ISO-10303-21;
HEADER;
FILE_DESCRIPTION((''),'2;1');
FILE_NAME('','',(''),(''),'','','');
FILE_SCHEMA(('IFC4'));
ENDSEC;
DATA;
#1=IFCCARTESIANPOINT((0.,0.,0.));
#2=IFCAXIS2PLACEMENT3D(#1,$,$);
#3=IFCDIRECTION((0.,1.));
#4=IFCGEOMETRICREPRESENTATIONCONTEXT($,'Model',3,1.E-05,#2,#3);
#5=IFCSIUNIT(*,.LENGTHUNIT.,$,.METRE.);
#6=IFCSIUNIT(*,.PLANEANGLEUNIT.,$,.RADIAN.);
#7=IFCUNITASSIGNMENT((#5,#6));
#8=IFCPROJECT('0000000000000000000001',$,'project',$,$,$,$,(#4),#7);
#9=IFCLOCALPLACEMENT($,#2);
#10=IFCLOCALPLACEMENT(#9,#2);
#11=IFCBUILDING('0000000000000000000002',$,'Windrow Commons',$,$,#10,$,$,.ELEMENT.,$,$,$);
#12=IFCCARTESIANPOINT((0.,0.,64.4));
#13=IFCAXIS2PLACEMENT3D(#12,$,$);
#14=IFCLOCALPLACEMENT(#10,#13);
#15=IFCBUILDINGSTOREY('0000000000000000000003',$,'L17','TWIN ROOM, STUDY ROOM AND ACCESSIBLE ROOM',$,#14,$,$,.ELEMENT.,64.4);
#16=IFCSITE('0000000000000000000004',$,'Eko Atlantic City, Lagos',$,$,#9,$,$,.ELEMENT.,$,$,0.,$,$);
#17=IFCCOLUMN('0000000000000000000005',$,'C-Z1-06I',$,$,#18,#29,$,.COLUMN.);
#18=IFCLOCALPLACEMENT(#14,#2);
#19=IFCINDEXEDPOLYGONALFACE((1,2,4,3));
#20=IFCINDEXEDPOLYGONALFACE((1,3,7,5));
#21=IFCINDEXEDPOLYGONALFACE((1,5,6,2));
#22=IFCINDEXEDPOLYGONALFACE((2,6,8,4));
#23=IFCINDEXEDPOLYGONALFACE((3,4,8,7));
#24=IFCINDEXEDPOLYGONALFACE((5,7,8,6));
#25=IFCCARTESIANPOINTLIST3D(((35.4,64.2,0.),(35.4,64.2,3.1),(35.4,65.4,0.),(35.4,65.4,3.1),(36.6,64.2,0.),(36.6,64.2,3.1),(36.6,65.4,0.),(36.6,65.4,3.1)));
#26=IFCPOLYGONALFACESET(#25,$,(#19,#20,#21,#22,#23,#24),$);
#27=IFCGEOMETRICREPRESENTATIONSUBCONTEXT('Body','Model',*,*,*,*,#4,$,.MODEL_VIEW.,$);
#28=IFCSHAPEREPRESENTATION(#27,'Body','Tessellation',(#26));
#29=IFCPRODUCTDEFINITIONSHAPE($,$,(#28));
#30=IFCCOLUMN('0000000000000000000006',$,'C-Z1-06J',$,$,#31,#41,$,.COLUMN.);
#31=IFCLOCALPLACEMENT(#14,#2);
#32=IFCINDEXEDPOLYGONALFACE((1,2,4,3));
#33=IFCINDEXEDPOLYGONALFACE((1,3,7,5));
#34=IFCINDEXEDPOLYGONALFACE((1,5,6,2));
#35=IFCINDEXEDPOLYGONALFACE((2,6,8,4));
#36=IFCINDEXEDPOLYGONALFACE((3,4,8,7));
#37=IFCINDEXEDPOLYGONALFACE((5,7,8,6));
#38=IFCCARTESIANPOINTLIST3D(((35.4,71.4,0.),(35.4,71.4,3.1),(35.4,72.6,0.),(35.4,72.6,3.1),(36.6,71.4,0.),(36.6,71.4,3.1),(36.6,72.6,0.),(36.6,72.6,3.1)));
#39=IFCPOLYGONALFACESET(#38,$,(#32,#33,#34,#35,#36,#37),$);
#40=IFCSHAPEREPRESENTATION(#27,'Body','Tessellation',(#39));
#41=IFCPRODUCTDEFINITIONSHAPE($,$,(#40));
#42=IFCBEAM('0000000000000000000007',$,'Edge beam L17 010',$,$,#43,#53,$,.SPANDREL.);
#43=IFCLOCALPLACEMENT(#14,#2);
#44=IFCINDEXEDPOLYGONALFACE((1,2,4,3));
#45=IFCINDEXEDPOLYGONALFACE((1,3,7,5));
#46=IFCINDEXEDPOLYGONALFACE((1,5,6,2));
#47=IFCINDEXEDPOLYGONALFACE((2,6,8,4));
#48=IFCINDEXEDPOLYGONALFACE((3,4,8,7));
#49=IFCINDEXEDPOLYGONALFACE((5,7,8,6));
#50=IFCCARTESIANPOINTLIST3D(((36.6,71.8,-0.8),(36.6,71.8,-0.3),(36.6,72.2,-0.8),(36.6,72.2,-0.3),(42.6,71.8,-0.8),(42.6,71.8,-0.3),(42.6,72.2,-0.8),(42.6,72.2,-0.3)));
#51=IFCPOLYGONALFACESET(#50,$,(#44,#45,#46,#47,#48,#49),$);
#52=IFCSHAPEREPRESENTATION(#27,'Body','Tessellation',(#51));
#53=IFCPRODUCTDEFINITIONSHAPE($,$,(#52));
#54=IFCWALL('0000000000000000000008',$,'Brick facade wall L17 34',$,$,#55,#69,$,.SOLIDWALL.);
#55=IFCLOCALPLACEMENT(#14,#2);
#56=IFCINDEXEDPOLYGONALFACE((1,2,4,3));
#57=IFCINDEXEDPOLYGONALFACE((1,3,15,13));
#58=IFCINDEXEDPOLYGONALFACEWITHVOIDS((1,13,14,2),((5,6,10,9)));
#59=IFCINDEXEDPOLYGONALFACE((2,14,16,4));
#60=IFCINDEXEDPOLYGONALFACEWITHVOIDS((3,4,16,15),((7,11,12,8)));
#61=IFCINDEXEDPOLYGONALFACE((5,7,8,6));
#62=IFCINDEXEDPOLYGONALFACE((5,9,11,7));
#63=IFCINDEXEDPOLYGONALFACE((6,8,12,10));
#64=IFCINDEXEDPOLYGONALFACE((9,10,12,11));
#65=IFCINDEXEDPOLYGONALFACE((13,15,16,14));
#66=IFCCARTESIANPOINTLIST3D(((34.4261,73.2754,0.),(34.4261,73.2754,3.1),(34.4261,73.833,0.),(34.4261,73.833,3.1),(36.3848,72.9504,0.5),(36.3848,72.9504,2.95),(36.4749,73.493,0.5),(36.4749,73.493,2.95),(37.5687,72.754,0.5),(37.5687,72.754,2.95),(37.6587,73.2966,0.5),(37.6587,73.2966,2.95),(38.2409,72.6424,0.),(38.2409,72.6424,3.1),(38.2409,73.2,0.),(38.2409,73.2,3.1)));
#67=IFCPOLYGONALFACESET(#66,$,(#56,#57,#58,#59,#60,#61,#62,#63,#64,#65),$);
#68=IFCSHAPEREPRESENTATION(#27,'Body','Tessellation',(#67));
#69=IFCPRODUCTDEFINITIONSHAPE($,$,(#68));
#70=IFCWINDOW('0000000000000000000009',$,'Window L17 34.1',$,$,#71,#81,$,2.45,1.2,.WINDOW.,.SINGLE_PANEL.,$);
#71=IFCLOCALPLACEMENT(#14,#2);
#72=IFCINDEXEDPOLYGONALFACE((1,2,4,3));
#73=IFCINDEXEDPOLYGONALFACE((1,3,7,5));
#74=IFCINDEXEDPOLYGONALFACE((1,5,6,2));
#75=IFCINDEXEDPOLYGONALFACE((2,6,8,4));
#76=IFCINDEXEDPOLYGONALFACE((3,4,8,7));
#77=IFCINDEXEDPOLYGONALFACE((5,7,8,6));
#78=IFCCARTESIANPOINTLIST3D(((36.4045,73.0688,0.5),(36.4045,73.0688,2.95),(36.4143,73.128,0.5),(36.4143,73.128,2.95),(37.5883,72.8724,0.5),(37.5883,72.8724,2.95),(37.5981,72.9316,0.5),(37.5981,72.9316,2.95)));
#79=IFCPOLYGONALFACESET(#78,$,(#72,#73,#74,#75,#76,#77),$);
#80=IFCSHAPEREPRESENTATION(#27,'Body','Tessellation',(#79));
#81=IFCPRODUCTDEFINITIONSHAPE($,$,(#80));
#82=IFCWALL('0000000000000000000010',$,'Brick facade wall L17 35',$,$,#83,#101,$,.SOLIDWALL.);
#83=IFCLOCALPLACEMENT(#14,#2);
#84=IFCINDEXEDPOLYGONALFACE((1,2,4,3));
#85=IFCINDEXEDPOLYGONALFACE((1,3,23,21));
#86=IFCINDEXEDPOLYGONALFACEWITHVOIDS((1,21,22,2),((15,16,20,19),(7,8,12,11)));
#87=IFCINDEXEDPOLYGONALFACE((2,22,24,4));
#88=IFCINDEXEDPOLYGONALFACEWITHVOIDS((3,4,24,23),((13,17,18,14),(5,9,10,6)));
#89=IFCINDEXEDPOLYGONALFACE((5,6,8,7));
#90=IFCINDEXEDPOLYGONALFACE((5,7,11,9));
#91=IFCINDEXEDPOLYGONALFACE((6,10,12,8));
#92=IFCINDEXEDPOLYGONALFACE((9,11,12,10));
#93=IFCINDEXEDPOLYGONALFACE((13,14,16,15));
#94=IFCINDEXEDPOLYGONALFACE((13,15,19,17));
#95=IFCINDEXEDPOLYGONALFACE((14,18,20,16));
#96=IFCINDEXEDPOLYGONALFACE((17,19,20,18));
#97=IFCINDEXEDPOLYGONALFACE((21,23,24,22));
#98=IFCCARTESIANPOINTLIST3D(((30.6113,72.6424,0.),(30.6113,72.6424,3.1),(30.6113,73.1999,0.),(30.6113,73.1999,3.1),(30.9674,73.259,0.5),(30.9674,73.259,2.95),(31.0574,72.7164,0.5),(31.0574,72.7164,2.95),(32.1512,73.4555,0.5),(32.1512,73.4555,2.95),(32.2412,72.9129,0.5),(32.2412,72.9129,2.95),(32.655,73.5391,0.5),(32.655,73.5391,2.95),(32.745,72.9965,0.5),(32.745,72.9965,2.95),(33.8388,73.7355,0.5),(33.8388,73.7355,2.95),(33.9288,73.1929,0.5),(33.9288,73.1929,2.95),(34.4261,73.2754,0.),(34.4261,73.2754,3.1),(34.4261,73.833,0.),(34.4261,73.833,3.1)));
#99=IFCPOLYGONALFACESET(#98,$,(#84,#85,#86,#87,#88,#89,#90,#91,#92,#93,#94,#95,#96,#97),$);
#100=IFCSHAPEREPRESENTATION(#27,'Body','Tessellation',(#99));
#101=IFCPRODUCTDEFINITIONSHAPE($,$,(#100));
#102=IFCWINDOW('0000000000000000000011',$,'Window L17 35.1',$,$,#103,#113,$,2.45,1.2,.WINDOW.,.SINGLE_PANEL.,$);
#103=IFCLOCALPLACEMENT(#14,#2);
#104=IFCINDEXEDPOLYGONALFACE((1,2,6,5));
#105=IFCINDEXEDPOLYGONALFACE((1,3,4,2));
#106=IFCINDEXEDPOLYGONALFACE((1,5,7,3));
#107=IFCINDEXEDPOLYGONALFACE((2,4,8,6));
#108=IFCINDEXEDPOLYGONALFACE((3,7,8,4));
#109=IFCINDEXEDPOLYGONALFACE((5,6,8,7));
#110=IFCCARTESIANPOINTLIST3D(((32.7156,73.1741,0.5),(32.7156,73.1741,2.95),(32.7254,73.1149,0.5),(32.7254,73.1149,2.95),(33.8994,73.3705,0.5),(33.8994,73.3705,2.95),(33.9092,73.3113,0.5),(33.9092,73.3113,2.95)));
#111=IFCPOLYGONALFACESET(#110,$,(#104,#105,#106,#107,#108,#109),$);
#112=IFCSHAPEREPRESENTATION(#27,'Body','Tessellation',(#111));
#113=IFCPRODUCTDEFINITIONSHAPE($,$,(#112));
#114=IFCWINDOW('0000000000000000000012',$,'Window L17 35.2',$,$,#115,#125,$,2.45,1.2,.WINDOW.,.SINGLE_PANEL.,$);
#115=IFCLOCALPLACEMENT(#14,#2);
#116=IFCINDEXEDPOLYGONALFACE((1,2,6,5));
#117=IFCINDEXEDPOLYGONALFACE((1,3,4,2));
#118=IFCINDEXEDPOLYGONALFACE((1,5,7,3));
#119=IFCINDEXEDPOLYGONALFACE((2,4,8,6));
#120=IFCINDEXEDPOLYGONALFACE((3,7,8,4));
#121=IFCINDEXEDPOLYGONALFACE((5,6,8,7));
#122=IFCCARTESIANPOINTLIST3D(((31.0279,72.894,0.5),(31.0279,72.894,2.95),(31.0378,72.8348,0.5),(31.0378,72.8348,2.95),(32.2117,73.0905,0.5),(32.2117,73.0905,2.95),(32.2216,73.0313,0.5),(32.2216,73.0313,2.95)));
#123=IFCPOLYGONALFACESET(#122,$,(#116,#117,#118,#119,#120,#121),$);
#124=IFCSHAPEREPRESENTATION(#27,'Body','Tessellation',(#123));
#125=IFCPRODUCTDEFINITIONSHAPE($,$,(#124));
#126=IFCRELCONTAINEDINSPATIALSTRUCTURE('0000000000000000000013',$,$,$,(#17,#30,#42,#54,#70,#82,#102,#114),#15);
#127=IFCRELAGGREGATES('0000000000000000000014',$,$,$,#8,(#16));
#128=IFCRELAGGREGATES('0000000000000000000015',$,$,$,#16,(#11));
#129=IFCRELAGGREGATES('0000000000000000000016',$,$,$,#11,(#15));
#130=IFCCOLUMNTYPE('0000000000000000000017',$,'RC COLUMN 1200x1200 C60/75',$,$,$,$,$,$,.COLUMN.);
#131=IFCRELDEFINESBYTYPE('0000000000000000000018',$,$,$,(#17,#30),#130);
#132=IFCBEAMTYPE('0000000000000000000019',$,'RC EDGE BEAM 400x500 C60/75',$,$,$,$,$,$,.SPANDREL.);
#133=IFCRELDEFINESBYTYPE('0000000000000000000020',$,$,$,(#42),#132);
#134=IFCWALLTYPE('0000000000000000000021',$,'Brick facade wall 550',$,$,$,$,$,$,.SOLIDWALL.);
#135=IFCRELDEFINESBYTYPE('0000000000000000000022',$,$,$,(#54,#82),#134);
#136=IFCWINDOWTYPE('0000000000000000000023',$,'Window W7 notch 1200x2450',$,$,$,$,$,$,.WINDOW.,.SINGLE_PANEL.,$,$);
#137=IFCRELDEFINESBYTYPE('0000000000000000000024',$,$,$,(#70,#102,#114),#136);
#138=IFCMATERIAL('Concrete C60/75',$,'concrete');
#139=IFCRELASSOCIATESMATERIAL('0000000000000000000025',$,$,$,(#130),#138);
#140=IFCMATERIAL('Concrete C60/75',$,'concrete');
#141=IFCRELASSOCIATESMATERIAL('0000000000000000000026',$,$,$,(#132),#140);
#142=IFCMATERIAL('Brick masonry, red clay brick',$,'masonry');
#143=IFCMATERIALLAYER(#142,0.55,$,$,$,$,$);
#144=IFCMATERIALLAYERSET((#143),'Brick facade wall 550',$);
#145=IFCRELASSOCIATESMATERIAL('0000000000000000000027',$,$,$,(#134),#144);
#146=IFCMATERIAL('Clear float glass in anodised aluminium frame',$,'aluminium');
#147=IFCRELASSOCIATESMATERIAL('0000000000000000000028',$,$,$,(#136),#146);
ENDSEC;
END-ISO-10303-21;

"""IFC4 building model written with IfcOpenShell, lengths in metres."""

from ifc_helpers import new_model, si_unit, direction, frame, frame_2d, origin, origin_2d, place, context, subcontext, project, spatial, polyline, rectangle, outline, extrude, material, layer, layer_set, material_profile, profile_set, type_object, element, fill, save


model = new_model("IFC4")

# Units and contexts
model_context = context("Model", 3, precision=1e-05, world=origin(), true_north=direction((0.0, 1.0)))
body_context = subcontext(model_context, "Body", "Model", "MODEL_VIEW")
ifc_project = project(units=[si_unit("LENGTHUNIT", "METRE"), si_unit("PLANEANGLEUNIT", "RADIAN")], contexts=[model_context])

# Site, building, storey
site_placement = place(None, origin())
site = spatial("IfcSite", under=ifc_project, at=site_placement, Name="Eko Atlantic City, Lagos", CompositionType="ELEMENT", RefElevation=0.0)
building_placement = place(site_placement, origin())
building = spatial("IfcBuilding", under=site, at=building_placement, Name="Windrow Commons", CompositionType="ELEMENT")
storey_placement = place(building_placement, frame((0.0, 0.0, 64.4)))
storey = spatial("IfcBuildingStorey", under=building, at=storey_placement, Name="L17", Description="TWIN ROOM, STUDY ROOM AND ACCESSIBLE ROOM", CompositionType="ELEMENT", Elevation=64.4)

# Columns
ifc_material_1 = material(Name="Concrete C60/75", Category="concrete")
ifc_material_profile_1 = material_profile(ifc_material_1, rectangle(XDim=1.2, YDim=1.2, at=origin_2d()))
ifc_profile_set_1 = profile_set([ifc_material_profile_1], Name="Concrete C60/75")
column_type = type_object("IfcColumnType", Name="RC COLUMN 1200x1200 C60/75", PredefinedType="COLUMN", material=ifc_profile_set_1)
for number, where, z_axis, x_axis, name in (
    (1, (36.0, 64.8, 0.0), (0.0, 0.0, 1.0), (1.0, 0.0, 0.0), "C-Z1-06I"),
    (2, (36.0, 72.0, 0.0), (0.0, 0.0, 1.0), (1.0, 0.0, 0.0), "C-Z1-06J"),
):
    element("IfcColumn", number, at=place(storey_placement, frame(where, z_axis=z_axis, x_axis=x_axis)), inside=storey, type_object=column_type, Name=name, PredefinedType="COLUMN", context=body_context, shape_type="SweptSolid", body=[
        extrude(rectangle(XDim=1.2, YDim=1.2, at=origin_2d()), origin(), (0.0, 0.0, 1.0), 3.1),
    ])

# Beam
ifc_material_2 = material(Name="Concrete C60/75", Category="concrete")
ifc_material_profile_2 = material_profile(ifc_material_2, rectangle(XDim=0.4, YDim=0.5, at=origin_2d()))
ifc_profile_set_2 = profile_set([ifc_material_profile_2], Name="Concrete C60/75")
beam_type = type_object("IfcBeamType", Name="RC EDGE BEAM 400x500 C60/75", PredefinedType="SPANDREL", material=ifc_profile_set_2)
beam_placement = place(storey_placement, frame((36.6, 72.0, -0.55), z_axis=(1.0, 0.0, 0.0), x_axis=(0.0, 1.0, 0.0)))
element("IfcBeam", 3, at=beam_placement, inside=storey, type_object=beam_type, Name="Edge beam L17 010", PredefinedType="SPANDREL", context=body_context, shape_type="SweptSolid", body=[
    extrude(rectangle(XDim=0.4, YDim=0.5, at=origin_2d()), origin(), (0.0, 0.0, 1.0), 6.0),
])

# Wall, opening, window
ifc_material_3 = material(Name="Brick masonry, red clay brick", Category="masonry")
ifc_layer_1 = layer(ifc_material_3, 0.55)
ifc_layer_set_1 = layer_set([ifc_layer_1], Name="Brick facade wall 550")
wall_type_1 = type_object("IfcWallType", Name="Brick facade wall 550", PredefinedType="SOLIDWALL", material=ifc_layer_set_1)
wall_1_placement = place(storey_placement, frame((38.2409, 72.9212, 0.0), z_axis=(0.0, 0.0, 1.0), x_axis=(-0.986511, 0.163694, 0.0)))
wall_1 = element("IfcWall", 4, at=wall_1_placement, inside=storey, type_object=wall_type_1, Name="Brick facade wall L17 34", PredefinedType="SOLIDWALL", context=body_context, shape_type="SweptSolid", body=[
    extrude(outline(polyline([(0.0456, -0.275), (3.9126, -0.275), (3.8213, 0.275), (-0.0456, 0.275), (0.0456, -0.275)])), origin(), (0.0, 0.0, 1.0), 3.1),
])
opening_1_placement = place(wall_1_placement, frame((0.6358, 0.0, 0.5)))
opening_1 = element("IfcOpeningElement", 5, at=opening_1_placement, cuts=wall_1, PredefinedType="OPENING", context=body_context, shape_type="SweptSolid", body=[
    extrude(rectangle(XDim=1.2, YDim=2.45, at=frame_2d((0.6, 1.225))), frame((0.0, 0.285, 0.0), z_axis=(0.0, -1.0, 0.0), x_axis=(1.0, 0.0, 0.0)), (0.0, 0.0, 1.0), 0.57),
])
ifc_material_4 = material(Name="Clear float glass in anodised aluminium frame", Category="aluminium")
window_type = type_object("IfcWindowType", Name="Window W7 notch 1200x2450", PartitioningType="SINGLE_PANEL", PredefinedType="WINDOW", material=ifc_material_4)
window_1_placement = place(opening_1_placement, origin())
window_1 = element("IfcWindow", 6, at=window_1_placement, inside=storey, type_object=window_type, Name="Window L17 34.1", OverallHeight=2.45, OverallWidth=1.2, PartitioningType="SINGLE_PANEL", PredefinedType="WINDOW", context=body_context, shape_type="SweptSolid", body=[
    extrude(rectangle(XDim=1.2, YDim=2.45, at=frame_2d((0.6, 1.225))), frame((0.0, 0.155, 0.0), z_axis=(0.0, -1.0, 0.0), x_axis=(1.0, 0.0, 0.0)), (0.0, 0.0, 1.0), 0.06),
])
fill(opening_1, window_1)

# Wall, openings, windows
wall_2_placement = place(storey_placement, frame((34.4261, 73.5542, 0.0), z_axis=(0.0, 0.0, 1.0), x_axis=(-0.98651, -0.163699, 0.0)))
wall_2 = element("IfcWall", 7, at=wall_2_placement, inside=storey, type_object=wall_type_1, Name="Brick facade wall L17 35", PredefinedType="SOLIDWALL", context=body_context, shape_type="SweptSolid", body=[
    extrude(outline(polyline([(-0.0456, -0.275), (3.8213, -0.275), (3.9126, 0.275), (0.0456, 0.275), (-0.0456, -0.275)])), origin(), (0.0, 0.0, 1.0), 3.1),
])
opening_2_placement = place(wall_2_placement, frame((0.5497, 0.0, 0.5)))
opening_2 = element("IfcOpeningElement", 8, at=opening_2_placement, cuts=wall_2, PredefinedType="OPENING", context=body_context, shape_type="SweptSolid", body=[
    extrude(rectangle(XDim=1.2, YDim=2.45, at=frame_2d((0.6, 1.225))), frame((0.0, 0.285, 0.0), z_axis=(0.0, -1.0, 0.0), x_axis=(1.0, 0.0, 0.0)), (0.0, 0.0, 1.0), 0.57),
])
opening_3_placement = place(wall_2_placement, frame((2.2604, 0.0, 0.5)))
opening_3 = element("IfcOpeningElement", 9, at=opening_3_placement, cuts=wall_2, PredefinedType="OPENING", context=body_context, shape_type="SweptSolid", body=[
    extrude(rectangle(XDim=1.2, YDim=2.45, at=frame_2d((0.6, 1.225))), frame((0.0, 0.285, 0.0), z_axis=(0.0, -1.0, 0.0), x_axis=(1.0, 0.0, 0.0)), (0.0, 0.0, 1.0), 0.57),
])
window_2_placement = place(opening_2_placement, origin())
window_2 = element("IfcWindow", 10, at=window_2_placement, inside=storey, type_object=window_type, Name="Window L17 35.1", OverallHeight=2.45, OverallWidth=1.2, PartitioningType="SINGLE_PANEL", PredefinedType="WINDOW", context=body_context, shape_type="SweptSolid", body=[
    extrude(rectangle(XDim=1.2, YDim=2.45, at=frame_2d((0.6, 1.225))), frame((0.0, 0.155, 0.0), z_axis=(0.0, -1.0, 0.0), x_axis=(1.0, 0.0, 0.0)), (0.0, 0.0, 1.0), 0.06),
])
fill(opening_2, window_2)
window_3_placement = place(opening_3_placement, origin())
window_3 = element("IfcWindow", 11, at=window_3_placement, inside=storey, type_object=window_type, Name="Window L17 35.2", OverallHeight=2.45, OverallWidth=1.2, PartitioningType="SINGLE_PANEL", PredefinedType="WINDOW", context=body_context, shape_type="SweptSolid", body=[
    extrude(rectangle(XDim=1.2, YDim=2.45, at=frame_2d((0.6, 1.225))), frame((0.0, 0.155, 0.0), z_axis=(0.0, -1.0, 0.0), x_axis=(1.0, 0.0, 0.0)), (0.0, 0.0, 1.0), 0.06),
])
fill(opening_3, window_3)

save(model, "model.ifc")
